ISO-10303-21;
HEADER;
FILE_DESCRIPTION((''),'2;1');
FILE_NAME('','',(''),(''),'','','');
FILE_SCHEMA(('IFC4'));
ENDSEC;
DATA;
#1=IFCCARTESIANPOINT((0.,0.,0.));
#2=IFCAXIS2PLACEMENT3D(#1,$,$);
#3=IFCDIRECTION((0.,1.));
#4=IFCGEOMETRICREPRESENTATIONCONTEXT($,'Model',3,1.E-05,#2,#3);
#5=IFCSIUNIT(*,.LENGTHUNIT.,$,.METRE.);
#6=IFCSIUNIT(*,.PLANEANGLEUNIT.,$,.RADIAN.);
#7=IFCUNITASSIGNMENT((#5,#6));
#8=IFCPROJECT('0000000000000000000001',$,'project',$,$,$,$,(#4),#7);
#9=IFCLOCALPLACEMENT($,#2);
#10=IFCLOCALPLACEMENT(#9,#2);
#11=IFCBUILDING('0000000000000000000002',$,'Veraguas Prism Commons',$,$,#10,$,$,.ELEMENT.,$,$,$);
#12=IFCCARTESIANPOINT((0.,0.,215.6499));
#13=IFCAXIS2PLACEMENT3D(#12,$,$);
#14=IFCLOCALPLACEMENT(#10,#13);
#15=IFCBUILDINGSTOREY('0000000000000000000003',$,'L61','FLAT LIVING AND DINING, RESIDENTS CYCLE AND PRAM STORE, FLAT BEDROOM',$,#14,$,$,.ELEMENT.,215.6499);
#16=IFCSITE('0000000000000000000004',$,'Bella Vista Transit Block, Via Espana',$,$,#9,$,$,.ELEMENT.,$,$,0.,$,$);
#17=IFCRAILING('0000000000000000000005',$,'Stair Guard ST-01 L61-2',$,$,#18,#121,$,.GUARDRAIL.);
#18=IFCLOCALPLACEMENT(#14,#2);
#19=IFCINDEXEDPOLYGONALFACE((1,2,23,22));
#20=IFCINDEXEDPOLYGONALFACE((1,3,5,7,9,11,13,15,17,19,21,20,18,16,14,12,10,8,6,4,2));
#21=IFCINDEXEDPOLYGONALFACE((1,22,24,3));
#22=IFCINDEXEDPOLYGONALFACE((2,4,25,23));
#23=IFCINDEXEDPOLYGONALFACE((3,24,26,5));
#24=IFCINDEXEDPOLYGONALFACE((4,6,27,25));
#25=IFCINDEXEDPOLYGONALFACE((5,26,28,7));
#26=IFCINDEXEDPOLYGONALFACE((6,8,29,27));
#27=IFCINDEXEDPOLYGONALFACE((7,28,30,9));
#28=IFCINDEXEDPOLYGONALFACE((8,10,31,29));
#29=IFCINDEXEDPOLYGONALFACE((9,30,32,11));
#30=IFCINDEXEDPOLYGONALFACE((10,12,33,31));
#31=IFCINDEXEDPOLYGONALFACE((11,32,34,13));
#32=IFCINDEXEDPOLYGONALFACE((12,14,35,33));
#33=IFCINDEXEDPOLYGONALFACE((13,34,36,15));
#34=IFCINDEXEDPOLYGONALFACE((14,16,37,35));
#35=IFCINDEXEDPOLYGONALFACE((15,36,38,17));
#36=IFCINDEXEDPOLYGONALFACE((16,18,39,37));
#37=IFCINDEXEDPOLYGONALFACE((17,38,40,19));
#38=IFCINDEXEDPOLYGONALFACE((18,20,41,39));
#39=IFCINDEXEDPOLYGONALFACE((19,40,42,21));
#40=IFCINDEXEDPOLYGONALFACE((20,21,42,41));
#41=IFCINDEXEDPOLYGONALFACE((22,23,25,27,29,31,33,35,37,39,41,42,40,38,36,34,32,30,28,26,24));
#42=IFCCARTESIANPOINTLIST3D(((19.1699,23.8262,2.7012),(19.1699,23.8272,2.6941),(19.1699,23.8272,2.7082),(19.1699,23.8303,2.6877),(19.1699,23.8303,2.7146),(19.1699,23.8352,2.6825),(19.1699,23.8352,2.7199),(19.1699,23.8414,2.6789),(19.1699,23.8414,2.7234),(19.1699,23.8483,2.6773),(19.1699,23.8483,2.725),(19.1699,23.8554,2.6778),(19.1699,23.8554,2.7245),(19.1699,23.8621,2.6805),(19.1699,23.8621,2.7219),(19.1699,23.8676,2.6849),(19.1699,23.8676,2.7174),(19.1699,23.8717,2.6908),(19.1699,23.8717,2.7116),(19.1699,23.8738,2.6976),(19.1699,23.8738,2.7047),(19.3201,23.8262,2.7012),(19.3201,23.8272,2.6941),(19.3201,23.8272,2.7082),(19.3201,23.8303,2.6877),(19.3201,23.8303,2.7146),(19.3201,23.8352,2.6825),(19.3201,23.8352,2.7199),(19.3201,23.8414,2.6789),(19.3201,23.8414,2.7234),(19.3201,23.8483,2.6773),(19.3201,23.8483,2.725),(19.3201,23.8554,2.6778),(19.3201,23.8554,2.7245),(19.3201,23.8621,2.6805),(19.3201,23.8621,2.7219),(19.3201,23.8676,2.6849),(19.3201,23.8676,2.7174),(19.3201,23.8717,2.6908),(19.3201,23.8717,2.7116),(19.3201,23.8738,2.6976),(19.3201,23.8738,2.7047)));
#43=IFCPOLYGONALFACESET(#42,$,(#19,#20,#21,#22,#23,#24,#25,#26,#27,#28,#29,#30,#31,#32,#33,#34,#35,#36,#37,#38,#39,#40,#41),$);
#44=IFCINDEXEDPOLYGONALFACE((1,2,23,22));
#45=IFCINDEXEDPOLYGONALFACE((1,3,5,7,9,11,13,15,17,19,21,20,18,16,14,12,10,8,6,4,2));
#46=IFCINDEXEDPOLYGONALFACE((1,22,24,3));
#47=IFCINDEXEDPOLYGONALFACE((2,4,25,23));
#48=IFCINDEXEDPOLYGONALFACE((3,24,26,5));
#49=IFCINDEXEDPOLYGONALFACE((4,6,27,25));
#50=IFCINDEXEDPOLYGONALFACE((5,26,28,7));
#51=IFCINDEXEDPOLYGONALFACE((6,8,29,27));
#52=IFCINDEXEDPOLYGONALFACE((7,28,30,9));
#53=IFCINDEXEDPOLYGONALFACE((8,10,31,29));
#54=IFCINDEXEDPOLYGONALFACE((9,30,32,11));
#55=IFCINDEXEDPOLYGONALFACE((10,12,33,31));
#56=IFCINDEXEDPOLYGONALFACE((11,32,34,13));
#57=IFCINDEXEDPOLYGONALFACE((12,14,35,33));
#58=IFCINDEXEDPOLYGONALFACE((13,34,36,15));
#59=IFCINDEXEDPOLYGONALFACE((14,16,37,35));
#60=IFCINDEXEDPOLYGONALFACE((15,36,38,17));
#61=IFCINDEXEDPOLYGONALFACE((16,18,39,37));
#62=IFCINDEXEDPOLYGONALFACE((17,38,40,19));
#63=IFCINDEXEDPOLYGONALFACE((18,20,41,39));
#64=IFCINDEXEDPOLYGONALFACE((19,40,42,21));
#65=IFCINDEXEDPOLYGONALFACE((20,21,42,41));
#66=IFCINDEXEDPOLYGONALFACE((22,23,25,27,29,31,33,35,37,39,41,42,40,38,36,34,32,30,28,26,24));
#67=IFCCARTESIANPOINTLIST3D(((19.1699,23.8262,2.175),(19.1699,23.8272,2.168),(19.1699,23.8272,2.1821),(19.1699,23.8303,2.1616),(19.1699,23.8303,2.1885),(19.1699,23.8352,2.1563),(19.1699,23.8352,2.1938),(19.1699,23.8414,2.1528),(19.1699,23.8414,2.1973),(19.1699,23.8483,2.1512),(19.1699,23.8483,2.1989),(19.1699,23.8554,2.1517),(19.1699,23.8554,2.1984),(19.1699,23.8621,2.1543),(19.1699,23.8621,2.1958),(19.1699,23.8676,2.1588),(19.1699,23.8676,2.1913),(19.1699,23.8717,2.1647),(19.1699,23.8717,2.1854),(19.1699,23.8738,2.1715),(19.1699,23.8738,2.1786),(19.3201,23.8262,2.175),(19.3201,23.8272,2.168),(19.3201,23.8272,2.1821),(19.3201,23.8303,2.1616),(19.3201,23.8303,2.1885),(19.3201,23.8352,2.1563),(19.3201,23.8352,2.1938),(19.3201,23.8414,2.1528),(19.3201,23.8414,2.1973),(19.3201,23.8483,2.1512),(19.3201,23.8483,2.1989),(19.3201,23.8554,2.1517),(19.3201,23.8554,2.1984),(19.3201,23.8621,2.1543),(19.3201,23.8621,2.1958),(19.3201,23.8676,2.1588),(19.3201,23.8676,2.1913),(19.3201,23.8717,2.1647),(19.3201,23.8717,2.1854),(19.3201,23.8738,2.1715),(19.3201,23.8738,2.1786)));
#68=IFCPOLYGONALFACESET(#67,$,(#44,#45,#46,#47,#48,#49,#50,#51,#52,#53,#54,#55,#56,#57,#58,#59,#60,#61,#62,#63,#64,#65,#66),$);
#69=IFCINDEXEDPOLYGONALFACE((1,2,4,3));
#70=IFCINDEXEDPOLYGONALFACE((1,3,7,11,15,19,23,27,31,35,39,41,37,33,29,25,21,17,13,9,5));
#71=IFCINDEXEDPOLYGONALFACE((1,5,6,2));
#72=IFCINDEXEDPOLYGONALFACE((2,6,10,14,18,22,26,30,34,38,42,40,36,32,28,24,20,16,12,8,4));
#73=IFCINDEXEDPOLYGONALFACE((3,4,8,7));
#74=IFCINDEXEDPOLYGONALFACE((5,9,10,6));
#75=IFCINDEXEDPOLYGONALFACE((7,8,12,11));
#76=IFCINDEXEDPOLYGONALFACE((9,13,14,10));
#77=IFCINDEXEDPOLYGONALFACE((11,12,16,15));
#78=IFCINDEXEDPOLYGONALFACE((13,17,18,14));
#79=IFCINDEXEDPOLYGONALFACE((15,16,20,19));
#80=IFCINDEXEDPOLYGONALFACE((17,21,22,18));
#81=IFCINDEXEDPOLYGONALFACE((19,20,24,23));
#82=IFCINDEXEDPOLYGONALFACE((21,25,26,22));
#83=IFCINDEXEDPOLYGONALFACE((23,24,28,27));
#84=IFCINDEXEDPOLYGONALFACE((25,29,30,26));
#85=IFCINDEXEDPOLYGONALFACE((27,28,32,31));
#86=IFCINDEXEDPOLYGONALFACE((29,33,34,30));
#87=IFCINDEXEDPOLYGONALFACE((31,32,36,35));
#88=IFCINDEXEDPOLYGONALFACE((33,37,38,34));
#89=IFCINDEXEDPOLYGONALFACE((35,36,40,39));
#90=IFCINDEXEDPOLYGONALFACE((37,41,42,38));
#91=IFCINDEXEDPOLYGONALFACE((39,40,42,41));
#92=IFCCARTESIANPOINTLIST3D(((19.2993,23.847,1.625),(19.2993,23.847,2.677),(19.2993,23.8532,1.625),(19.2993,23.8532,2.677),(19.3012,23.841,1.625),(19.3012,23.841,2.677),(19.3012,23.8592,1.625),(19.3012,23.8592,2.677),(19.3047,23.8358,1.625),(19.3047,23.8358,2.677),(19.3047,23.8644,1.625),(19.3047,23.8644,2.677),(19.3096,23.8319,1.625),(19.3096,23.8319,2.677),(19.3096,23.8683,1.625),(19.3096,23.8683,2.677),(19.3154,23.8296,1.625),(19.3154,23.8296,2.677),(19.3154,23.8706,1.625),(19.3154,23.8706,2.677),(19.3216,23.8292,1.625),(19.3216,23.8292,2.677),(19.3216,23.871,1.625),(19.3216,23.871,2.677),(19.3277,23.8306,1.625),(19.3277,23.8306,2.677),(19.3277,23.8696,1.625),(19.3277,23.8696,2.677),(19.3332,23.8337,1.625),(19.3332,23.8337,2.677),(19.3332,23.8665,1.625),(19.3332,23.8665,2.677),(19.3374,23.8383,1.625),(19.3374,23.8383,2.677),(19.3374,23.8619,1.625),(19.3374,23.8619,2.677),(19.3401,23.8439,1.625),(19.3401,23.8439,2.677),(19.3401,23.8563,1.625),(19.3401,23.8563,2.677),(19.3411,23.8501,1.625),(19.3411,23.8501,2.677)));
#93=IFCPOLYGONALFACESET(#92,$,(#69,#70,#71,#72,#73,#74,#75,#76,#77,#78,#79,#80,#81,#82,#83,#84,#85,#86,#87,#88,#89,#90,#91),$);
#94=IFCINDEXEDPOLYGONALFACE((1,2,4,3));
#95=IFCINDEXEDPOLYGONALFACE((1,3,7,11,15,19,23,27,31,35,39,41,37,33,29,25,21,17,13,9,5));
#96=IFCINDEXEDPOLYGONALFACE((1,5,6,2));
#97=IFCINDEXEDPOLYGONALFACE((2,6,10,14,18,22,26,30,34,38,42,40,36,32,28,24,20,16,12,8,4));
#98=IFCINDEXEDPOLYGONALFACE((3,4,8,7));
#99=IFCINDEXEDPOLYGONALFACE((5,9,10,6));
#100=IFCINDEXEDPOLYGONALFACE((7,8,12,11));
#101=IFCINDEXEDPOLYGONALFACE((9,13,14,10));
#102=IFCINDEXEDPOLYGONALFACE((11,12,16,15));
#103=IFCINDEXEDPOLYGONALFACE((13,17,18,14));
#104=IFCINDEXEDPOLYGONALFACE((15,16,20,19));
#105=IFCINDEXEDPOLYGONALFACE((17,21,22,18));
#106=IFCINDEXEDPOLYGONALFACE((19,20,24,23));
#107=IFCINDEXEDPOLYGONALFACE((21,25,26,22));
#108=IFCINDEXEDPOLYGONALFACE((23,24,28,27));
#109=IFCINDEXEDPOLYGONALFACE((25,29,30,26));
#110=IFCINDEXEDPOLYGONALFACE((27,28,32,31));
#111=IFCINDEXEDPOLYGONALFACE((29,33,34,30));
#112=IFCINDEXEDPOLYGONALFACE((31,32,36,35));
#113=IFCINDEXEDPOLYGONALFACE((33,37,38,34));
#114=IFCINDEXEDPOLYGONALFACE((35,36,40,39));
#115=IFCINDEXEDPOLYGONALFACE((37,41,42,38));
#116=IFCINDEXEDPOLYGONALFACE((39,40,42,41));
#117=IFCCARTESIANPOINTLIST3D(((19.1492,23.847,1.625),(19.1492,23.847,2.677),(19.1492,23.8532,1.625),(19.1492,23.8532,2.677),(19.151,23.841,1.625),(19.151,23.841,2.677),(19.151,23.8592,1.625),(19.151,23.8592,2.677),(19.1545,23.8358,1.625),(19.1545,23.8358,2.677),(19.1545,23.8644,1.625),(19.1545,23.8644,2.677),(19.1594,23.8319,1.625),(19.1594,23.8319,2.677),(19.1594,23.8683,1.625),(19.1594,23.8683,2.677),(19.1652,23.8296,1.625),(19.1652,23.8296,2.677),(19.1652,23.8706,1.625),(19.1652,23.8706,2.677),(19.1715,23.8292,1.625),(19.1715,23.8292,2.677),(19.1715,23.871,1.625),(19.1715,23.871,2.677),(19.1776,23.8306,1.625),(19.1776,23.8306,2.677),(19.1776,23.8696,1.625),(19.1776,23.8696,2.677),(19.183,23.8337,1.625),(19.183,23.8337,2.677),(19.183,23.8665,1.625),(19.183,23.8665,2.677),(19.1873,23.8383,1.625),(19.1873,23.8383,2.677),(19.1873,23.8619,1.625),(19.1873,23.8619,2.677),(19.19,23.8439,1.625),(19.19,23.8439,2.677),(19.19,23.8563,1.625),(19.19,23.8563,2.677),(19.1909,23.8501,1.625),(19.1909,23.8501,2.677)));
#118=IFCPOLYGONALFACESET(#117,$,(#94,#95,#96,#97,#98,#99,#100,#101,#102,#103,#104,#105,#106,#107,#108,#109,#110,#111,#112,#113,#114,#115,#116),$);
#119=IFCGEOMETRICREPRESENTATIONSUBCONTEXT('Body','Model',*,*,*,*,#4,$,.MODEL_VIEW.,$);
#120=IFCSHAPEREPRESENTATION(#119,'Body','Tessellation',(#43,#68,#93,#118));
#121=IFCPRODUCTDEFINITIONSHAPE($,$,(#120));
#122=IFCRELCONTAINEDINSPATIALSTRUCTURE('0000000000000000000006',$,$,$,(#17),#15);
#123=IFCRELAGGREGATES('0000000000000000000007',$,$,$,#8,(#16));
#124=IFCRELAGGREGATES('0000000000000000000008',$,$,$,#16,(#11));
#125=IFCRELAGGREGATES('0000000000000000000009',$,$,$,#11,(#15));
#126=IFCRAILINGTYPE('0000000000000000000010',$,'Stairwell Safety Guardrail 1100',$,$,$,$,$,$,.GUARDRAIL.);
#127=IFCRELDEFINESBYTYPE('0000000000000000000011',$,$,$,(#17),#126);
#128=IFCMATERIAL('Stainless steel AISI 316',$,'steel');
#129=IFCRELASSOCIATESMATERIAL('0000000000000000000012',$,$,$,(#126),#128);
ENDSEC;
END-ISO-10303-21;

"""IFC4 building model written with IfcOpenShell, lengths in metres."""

from ifc_helpers import new_model, si_unit, direction, frame, origin, origin_2d, place, context, subcontext, project, spatial, circle, extrude, material, type_object, element, save


model = new_model("IFC4")

# Units and contexts
model_context = context("Model", 3, precision=1e-05, world=origin(), true_north=direction((0.0, 1.0)))
body_context = subcontext(model_context, "Body", "Model", "MODEL_VIEW")
ifc_project = project(units=[si_unit("LENGTHUNIT", "METRE"), si_unit("PLANEANGLEUNIT", "RADIAN")], contexts=[model_context])

# Site, building, storey
site_placement = place(None, origin())
site = spatial("IfcSite", under=ifc_project, at=site_placement, Name="Bella Vista Transit Block, Via Espana", CompositionType="ELEMENT", RefElevation=0.0)
building_placement = place(site_placement, origin())
building = spatial("IfcBuilding", under=site, at=building_placement, Name="Veraguas Prism Commons", CompositionType="ELEMENT")
storey_placement = place(building_placement, frame((0.0, 0.0, 215.6499)))
storey = spatial("IfcBuildingStorey", under=building, at=storey_placement, Name="L61", Description="FLAT LIVING AND DINING, RESIDENTS CYCLE AND PRAM STORE, FLAT BEDROOM", CompositionType="ELEMENT", Elevation=215.6499)

# Railing
ifc_material_1 = material(Name="Stainless steel AISI 316", Category="steel")
railing_type_1 = type_object("IfcRailingType", Name="Stairwell Safety Guardrail 1100", PredefinedType="GUARDRAIL", material=ifc_material_1)
railing_1_placement = place(storey_placement, frame((19.3201, 23.8501, 1.625)))
element("IfcRailing", 1, at=railing_1_placement, inside=storey, type_object=railing_type_1, Name="Stair Guard ST-01 L61-2", PredefinedType="GUARDRAIL", context=body_context, shape_type="SweptSolid", body=[
    extrude(circle(Radius=0.0239, at=origin_2d()), frame((0.0, 0.0, 1.0762), z_axis=(-1.0, 0.0, 0.0), x_axis=(0.0, -1.0, 0.0)), (0.0, 0.0, 1.0), 0.1501),
    extrude(circle(Radius=0.0239, at=origin_2d()), frame((0.0, 0.0, 0.55), z_axis=(-1.0, 0.0, 0.0), x_axis=(0.0, -1.0, 0.0)), (0.0, 0.0, 1.0), 0.1501),
    extrude(circle(Radius=0.021, at=origin_2d()), origin(), (0.0, 0.0, 1.0), 1.052),
    extrude(circle(Radius=0.021, at=origin_2d()), frame((-0.1501, 0.0, 0.0)), (0.0, 0.0, 1.0), 1.052),
])

save(model, "model.ifc")
